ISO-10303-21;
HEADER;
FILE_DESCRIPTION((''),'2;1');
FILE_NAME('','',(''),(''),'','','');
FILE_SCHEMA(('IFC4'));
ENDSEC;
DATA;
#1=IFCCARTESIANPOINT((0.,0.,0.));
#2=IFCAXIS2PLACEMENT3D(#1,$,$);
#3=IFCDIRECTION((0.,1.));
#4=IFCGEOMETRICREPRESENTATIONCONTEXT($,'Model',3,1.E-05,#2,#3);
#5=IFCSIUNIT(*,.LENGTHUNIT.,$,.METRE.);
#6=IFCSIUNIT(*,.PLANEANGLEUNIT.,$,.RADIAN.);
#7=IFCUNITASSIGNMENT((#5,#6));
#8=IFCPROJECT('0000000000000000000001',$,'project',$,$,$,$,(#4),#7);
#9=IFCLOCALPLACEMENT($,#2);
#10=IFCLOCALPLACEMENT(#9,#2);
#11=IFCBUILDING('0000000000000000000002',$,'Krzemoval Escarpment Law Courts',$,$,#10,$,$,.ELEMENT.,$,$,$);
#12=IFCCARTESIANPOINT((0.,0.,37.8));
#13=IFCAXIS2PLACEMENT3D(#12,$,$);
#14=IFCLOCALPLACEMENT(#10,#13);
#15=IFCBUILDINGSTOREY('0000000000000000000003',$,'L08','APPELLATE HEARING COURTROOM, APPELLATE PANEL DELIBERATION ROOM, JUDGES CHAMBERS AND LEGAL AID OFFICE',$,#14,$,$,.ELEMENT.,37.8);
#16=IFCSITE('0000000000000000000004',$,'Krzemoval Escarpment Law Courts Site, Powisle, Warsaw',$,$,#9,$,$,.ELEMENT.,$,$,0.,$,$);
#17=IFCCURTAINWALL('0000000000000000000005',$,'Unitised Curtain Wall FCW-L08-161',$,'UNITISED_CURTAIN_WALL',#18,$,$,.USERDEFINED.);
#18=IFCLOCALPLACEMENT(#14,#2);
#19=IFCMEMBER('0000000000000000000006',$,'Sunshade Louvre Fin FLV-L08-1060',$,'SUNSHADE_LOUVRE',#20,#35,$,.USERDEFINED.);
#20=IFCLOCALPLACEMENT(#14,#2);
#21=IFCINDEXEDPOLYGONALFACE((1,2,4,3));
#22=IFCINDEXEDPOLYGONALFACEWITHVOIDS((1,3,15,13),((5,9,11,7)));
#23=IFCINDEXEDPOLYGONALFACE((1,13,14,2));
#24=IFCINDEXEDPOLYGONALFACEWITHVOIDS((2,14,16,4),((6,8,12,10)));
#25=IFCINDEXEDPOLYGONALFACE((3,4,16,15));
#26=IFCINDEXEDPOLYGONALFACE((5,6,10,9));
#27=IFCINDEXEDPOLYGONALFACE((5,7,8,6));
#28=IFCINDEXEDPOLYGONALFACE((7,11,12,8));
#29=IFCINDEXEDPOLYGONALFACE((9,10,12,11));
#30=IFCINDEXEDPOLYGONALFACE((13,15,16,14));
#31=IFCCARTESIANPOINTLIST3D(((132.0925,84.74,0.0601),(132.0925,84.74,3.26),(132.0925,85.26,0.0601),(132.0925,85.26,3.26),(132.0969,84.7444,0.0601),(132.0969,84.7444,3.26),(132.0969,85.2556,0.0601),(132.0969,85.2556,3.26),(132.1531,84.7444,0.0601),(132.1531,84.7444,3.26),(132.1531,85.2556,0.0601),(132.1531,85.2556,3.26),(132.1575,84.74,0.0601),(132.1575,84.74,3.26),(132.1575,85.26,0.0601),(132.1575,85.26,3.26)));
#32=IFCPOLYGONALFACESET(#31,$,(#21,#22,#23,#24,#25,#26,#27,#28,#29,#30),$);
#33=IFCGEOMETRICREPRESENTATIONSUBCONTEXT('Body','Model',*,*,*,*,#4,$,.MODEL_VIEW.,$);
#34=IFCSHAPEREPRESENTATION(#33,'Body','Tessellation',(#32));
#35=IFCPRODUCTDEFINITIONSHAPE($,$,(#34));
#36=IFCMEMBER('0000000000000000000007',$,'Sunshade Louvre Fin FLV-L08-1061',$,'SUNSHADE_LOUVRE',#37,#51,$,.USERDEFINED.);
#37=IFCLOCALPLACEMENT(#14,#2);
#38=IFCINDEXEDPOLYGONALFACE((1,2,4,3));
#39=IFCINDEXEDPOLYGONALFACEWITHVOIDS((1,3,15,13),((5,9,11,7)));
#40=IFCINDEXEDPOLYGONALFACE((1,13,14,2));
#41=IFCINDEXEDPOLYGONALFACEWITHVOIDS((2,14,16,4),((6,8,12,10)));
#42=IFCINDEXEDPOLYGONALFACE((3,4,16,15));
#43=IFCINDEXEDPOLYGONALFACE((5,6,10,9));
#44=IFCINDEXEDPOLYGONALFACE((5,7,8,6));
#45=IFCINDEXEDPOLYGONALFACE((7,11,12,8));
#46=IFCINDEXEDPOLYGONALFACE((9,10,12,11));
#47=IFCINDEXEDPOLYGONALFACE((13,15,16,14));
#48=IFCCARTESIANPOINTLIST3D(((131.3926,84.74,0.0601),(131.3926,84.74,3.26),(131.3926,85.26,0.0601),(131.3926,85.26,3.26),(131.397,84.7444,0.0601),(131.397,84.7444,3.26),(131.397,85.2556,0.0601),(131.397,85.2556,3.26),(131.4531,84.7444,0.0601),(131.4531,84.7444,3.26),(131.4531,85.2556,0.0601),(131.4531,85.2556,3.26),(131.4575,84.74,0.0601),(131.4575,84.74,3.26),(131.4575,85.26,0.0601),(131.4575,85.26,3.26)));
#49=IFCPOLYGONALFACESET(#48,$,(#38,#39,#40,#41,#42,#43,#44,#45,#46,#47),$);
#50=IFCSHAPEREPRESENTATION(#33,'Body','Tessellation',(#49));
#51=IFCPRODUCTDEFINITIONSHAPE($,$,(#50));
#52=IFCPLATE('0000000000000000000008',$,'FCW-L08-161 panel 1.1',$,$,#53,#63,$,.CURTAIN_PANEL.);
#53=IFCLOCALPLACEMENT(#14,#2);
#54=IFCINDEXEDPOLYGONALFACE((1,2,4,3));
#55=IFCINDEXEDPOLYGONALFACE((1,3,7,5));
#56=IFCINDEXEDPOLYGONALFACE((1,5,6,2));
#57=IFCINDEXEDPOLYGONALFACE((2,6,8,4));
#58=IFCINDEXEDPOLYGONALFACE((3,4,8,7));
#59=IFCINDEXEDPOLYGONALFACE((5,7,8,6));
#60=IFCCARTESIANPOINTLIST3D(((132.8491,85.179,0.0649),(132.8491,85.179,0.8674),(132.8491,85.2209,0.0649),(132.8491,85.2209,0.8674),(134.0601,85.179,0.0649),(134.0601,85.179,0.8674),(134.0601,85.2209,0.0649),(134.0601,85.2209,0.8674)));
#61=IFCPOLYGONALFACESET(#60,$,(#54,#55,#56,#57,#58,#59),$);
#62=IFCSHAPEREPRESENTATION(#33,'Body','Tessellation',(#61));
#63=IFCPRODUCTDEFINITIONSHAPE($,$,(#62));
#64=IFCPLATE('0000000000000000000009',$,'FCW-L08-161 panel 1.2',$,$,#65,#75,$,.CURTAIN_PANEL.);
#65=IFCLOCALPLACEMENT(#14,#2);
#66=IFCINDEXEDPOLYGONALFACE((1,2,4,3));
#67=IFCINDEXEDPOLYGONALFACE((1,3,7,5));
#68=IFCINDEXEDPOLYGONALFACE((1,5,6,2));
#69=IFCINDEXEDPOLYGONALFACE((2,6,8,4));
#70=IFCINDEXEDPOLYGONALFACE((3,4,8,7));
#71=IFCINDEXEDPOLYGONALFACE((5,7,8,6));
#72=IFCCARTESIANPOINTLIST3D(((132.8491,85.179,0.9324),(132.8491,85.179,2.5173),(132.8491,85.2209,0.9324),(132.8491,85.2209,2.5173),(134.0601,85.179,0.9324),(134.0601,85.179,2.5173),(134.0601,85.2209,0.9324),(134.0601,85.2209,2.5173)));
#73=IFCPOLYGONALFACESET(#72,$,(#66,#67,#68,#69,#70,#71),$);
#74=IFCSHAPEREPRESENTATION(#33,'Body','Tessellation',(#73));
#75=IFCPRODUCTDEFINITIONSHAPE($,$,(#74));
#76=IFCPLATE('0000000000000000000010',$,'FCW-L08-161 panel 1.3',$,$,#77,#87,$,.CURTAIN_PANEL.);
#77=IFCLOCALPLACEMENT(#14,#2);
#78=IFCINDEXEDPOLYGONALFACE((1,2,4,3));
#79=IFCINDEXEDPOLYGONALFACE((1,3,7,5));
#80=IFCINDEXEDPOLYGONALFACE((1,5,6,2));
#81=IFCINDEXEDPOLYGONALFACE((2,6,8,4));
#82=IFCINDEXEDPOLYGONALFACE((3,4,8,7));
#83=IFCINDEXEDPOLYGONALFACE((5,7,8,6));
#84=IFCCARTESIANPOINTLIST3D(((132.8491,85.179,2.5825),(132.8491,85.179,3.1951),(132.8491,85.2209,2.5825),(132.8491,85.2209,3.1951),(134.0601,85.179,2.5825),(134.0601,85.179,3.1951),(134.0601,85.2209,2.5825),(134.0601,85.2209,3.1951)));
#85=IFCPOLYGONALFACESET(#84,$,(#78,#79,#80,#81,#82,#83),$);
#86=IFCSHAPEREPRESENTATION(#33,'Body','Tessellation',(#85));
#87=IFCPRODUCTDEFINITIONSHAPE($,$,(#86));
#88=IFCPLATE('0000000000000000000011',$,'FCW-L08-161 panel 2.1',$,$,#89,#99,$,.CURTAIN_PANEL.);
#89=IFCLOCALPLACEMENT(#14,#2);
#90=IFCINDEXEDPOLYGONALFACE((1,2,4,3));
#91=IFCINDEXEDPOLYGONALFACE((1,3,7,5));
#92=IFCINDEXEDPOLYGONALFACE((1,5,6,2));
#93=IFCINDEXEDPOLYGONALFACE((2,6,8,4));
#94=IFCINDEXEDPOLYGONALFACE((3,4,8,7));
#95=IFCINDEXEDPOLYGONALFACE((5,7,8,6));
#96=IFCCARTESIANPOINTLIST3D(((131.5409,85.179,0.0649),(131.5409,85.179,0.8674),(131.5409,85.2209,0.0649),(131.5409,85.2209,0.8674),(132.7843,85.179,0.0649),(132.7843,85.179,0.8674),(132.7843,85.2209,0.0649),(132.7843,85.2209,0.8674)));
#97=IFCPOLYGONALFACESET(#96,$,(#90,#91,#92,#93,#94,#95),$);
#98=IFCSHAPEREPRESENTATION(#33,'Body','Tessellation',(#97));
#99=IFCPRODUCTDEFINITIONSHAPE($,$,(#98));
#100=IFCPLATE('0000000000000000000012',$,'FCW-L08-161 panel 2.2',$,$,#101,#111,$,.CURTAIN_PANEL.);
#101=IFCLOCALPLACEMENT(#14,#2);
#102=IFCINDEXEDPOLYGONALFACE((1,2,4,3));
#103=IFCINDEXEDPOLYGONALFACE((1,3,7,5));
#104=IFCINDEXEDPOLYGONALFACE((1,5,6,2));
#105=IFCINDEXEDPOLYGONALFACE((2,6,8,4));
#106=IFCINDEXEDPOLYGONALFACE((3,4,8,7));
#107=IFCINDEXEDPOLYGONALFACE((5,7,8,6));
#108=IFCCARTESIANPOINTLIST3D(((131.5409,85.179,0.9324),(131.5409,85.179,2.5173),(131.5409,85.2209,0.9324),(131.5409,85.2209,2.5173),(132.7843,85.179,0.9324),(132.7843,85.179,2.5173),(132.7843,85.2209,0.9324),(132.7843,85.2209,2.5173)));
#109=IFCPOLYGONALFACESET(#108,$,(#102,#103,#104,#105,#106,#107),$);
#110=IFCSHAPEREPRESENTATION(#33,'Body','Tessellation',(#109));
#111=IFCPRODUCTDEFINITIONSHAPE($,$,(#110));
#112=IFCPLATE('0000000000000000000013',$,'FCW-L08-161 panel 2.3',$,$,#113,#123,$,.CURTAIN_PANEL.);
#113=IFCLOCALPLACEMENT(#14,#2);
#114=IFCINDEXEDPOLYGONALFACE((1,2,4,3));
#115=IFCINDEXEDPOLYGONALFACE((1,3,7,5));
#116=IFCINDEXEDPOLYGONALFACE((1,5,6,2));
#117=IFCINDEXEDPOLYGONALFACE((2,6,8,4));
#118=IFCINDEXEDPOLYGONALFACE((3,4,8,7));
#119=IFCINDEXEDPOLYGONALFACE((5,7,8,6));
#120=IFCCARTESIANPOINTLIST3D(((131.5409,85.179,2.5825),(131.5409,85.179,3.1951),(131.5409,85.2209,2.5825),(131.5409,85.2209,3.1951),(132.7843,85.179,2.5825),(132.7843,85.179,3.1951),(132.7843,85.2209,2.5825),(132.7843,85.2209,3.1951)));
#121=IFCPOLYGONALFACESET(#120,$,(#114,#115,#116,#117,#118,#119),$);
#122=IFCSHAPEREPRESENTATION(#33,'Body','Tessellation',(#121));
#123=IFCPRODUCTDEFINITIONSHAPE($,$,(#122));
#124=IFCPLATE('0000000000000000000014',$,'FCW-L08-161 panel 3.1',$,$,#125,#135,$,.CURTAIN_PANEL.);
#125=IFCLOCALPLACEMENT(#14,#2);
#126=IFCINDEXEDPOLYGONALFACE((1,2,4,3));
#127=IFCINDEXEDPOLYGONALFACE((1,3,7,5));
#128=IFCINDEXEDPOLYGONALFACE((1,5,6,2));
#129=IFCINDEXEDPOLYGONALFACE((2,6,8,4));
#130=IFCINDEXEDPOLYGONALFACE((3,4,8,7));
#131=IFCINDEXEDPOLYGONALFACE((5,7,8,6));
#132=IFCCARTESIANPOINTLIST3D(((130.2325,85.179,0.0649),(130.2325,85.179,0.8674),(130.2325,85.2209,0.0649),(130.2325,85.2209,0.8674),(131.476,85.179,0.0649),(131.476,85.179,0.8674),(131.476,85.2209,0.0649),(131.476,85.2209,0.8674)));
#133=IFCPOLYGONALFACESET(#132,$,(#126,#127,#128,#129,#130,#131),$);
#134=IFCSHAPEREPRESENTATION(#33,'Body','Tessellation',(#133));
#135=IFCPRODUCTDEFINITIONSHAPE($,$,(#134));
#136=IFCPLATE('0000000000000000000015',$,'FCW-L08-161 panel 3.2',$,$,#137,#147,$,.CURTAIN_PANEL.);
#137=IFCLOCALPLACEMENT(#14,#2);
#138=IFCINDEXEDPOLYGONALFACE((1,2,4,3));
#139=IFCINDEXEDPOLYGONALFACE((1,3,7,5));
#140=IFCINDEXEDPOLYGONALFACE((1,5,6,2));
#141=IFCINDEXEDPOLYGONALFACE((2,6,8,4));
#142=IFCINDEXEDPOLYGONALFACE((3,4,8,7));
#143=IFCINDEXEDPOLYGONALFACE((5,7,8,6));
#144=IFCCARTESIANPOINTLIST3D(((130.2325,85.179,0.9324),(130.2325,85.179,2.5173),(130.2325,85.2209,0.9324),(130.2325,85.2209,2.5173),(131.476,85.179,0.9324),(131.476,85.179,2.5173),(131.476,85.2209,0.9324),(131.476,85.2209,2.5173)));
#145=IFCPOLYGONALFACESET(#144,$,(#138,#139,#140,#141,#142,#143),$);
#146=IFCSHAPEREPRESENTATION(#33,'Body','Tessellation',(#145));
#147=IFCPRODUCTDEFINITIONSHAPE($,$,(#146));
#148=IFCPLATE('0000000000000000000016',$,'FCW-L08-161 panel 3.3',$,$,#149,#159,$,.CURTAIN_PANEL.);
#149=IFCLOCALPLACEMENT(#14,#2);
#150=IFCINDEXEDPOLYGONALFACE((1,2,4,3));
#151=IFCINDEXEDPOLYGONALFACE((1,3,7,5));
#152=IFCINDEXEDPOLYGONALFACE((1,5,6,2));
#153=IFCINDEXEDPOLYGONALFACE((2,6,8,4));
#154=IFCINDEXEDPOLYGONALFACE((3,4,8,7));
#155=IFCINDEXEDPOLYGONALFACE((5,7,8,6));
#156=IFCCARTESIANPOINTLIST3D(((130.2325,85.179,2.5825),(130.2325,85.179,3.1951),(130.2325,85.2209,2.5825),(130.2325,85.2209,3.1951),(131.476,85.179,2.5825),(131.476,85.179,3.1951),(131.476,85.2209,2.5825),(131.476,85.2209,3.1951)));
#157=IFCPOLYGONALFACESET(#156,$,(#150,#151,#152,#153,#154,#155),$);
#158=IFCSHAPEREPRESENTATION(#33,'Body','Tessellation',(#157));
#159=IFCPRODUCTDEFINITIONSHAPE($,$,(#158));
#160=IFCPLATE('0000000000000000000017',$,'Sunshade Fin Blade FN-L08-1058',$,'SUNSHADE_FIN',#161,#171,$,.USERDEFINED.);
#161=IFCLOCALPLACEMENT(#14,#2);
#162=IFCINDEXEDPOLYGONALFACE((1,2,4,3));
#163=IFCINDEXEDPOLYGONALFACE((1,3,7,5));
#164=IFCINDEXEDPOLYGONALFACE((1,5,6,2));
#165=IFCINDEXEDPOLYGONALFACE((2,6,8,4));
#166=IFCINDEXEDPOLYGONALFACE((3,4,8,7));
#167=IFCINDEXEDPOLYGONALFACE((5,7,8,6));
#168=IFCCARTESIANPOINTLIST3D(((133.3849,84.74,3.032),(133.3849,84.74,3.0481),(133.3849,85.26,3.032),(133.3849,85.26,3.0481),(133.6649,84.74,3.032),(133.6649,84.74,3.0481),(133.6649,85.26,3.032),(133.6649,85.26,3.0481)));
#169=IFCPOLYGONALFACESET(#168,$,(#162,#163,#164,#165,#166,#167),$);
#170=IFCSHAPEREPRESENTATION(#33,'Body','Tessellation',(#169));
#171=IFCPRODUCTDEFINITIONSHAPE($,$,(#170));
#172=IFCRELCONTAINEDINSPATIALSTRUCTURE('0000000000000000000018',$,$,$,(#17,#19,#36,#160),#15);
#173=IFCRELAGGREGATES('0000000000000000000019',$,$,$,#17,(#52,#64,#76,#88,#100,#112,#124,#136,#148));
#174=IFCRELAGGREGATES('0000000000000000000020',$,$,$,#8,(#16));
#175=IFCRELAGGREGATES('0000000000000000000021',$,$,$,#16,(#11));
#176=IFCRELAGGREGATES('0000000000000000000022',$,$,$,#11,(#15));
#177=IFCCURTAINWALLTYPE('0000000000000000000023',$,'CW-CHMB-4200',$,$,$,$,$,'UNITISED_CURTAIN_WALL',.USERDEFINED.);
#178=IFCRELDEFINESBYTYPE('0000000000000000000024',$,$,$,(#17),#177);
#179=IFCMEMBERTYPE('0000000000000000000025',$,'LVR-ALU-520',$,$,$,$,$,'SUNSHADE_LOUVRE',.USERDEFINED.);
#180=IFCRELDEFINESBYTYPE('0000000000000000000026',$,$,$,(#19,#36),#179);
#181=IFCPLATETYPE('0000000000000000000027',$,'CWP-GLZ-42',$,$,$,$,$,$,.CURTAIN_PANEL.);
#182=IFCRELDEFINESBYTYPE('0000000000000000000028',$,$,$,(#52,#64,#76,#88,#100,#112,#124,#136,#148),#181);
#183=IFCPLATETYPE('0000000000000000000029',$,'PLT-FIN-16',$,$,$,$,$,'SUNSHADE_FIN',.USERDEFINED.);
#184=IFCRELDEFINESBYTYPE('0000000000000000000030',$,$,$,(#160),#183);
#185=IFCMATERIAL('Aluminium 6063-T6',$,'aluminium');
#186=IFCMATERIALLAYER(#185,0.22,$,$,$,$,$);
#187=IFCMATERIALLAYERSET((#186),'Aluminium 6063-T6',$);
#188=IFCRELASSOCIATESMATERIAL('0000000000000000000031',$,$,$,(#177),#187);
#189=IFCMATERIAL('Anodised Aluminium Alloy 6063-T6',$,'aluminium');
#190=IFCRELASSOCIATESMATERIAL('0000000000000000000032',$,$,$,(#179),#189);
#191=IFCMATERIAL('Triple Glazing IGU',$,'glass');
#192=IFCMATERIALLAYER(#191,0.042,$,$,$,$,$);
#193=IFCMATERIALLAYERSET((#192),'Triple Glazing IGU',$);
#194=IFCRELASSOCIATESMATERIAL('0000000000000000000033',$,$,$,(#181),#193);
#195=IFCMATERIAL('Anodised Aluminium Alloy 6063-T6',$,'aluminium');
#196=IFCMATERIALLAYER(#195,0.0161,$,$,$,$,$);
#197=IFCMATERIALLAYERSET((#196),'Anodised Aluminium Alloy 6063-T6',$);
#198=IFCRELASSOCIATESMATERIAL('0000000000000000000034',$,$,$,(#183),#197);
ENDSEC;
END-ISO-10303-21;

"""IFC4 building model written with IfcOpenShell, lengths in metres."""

from ifc_helpers import new_model, si_unit, direction, frame, origin, origin_2d, place, context, subcontext, project, spatial, rectangle, hollow_rectangle, extrude, material, layer, layer_set, material_profile, profile_set, type_object, element, aggregate, save


model = new_model("IFC4")

# Units and contexts
model_context = context("Model", 3, precision=1e-05, world=origin(), true_north=direction((0.0, 1.0)))
body_context = subcontext(model_context, "Body", "Model", "MODEL_VIEW")
ifc_project = project(units=[si_unit("LENGTHUNIT", "METRE"), si_unit("PLANEANGLEUNIT", "RADIAN")], contexts=[model_context])

# Site, building, storey
site_placement = place(None, origin())
site = spatial("IfcSite", under=ifc_project, at=site_placement, Name="Krzemoval Escarpment Law Courts Site, Powisle, Warsaw", CompositionType="ELEMENT", RefElevation=0.0)
building_placement = place(site_placement, origin())
building = spatial("IfcBuilding", under=site, at=building_placement, Name="Krzemoval Escarpment Law Courts", CompositionType="ELEMENT")
storey_placement = place(building_placement, frame((0.0, 0.0, 37.8)))
storey = spatial("IfcBuildingStorey", under=building, at=storey_placement, Name="L08", Description="APPELLATE HEARING COURTROOM, APPELLATE PANEL DELIBERATION ROOM, JUDGES CHAMBERS AND LEGAL AID OFFICE", CompositionType="ELEMENT", Elevation=37.8)

# Curtain wall
ifc_material_1 = material(Name="Aluminium 6063-T6", Category="aluminium")
ifc_layer_1 = layer(ifc_material_1, 0.22)
ifc_layer_set_1 = layer_set([ifc_layer_1], Name="Aluminium 6063-T6")
curtain_wall_type = type_object("IfcCurtainWallType", Name="CW-CHMB-4200", ElementType="UNITISED_CURTAIN_WALL", PredefinedType="USERDEFINED", material=ifc_layer_set_1)
curtain_wall_placement = place(storey_placement, origin())
curtain_wall = element("IfcCurtainWall", 1, at=curtain_wall_placement, inside=storey, type_object=curtain_wall_type, Name="Unitised Curtain Wall FCW-L08-161", ObjectType="UNITISED_CURTAIN_WALL", PredefinedType="USERDEFINED")

# Members
ifc_material_2 = material(Name="Anodised Aluminium Alloy 6063-T6", Category="aluminium")
ifc_material_profile_1 = material_profile(ifc_material_2, hollow_rectangle(XDim=0.0649, YDim=0.52, WallThickness=0.0044, at=origin_2d()), Name="ALU LVR 65x520")
ifc_profile_set_1 = profile_set([ifc_material_profile_1], Name="Anodised Aluminium Alloy 6063-T6")
member_type_1 = type_object("IfcMemberType", Name="LVR-ALU-520", ElementType="SUNSHADE_LOUVRE", PredefinedType="USERDEFINED", material=ifc_profile_set_1)
for number, where, z_axis, x_axis, name in (
    (2, (132.125, 85.0, 0.0601), (0.0, 0.0, 1.0), (1.0, 0.0, 0.0), "Sunshade Louvre Fin FLV-L08-1060"),
    (3, (131.425, 85.0, 0.0601), (0.0, 0.0, 1.0), (1.0, 0.0, 0.0), "Sunshade Louvre Fin FLV-L08-1061"),
):
    element("IfcMember", number, at=place(storey_placement, frame(where, z_axis=z_axis, x_axis=x_axis)), inside=storey, type_object=member_type_1, Name=name, ObjectType="SUNSHADE_LOUVRE", PredefinedType="USERDEFINED", context=body_context, shape_type="SweptSolid", body=[
        extrude(hollow_rectangle(XDim=0.0649, YDim=0.52, WallThickness=0.0044, at=origin_2d()), origin(), (0.0, 0.0, 1.0), 3.2),
    ])

# Plates
ifc_material_3 = material(Name="Triple Glazing IGU", Category="glass")
ifc_layer_2 = layer(ifc_material_3, 0.042)
ifc_layer_set_2 = layer_set([ifc_layer_2], Name="Triple Glazing IGU")
plate_type_1 = type_object("IfcPlateType", Name="CWP-GLZ-42", PredefinedType="CURTAIN_PANEL", material=ifc_layer_set_2)
plate_1_placement = place(storey_placement, frame((133.4546, 85.2, 0.0649), z_axis=(0.0, 0.0, 1.0), x_axis=(-1.0, 0.0, 0.0)))
plate_1 = element("IfcPlate", 4, at=plate_1_placement, type_object=plate_type_1, Name="FCW-L08-161 panel 1.1", PredefinedType="CURTAIN_PANEL", context=body_context, shape_type="SweptSolid", body=[
    extrude(rectangle(XDim=1.2109, YDim=0.042, at=origin_2d()), origin(), (0.0, 0.0, 1.0), 0.8025),
])
plate_2_placement = place(storey_placement, frame((133.4546, 85.2, 0.9324), z_axis=(0.0, 0.0, 1.0), x_axis=(-1.0, 0.0, 0.0)))
plate_2 = element("IfcPlate", 5, at=plate_2_placement, type_object=plate_type_1, Name="FCW-L08-161 panel 1.2", PredefinedType="CURTAIN_PANEL", context=body_context, shape_type="SweptSolid", body=[
    extrude(rectangle(XDim=1.2109, YDim=0.042, at=origin_2d()), origin(), (0.0, 0.0, 1.0), 1.585),
])
plate_3_placement = place(storey_placement, frame((133.4546, 85.2, 2.5825), z_axis=(0.0, 0.0, 1.0), x_axis=(-1.0, 0.0, 0.0)))
plate_3 = element("IfcPlate", 6, at=plate_3_placement, type_object=plate_type_1, Name="FCW-L08-161 panel 1.3", PredefinedType="CURTAIN_PANEL", context=body_context, shape_type="SweptSolid", body=[
    extrude(rectangle(XDim=1.2109, YDim=0.042, at=origin_2d()), origin(), (0.0, 0.0, 1.0), 0.6125),
])
plate_4_placement = place(storey_placement, frame((132.1626, 85.2, 0.0649), z_axis=(0.0, 0.0, 1.0), x_axis=(-1.0, 0.0, 0.0)))
plate_4 = element("IfcPlate", 7, at=plate_4_placement, type_object=plate_type_1, Name="FCW-L08-161 panel 2.1", PredefinedType="CURTAIN_PANEL", context=body_context, shape_type="SweptSolid", body=[
    extrude(rectangle(XDim=1.2434, YDim=0.042, at=origin_2d()), origin(), (0.0, 0.0, 1.0), 0.8025),
])
plate_5_placement = place(storey_placement, frame((132.1626, 85.2, 0.9324), z_axis=(0.0, 0.0, 1.0), x_axis=(-1.0, 0.0, 0.0)))
plate_5 = element("IfcPlate", 8, at=plate_5_placement, type_object=plate_type_1, Name="FCW-L08-161 panel 2.2", PredefinedType="CURTAIN_PANEL", context=body_context, shape_type="SweptSolid", body=[
    extrude(rectangle(XDim=1.2434, YDim=0.042, at=origin_2d()), origin(), (0.0, 0.0, 1.0), 1.585),
])
plate_6_placement = place(storey_placement, frame((132.1626, 85.2, 2.5825), z_axis=(0.0, 0.0, 1.0), x_axis=(-1.0, 0.0, 0.0)))
plate_6 = element("IfcPlate", 9, at=plate_6_placement, type_object=plate_type_1, Name="FCW-L08-161 panel 2.3", PredefinedType="CURTAIN_PANEL", context=body_context, shape_type="SweptSolid", body=[
    extrude(rectangle(XDim=1.2434, YDim=0.042, at=origin_2d()), origin(), (0.0, 0.0, 1.0), 0.6125),
])
plate_7_placement = place(storey_placement, frame((130.8542, 85.2, 0.0649), z_axis=(0.0, 0.0, 1.0), x_axis=(-1.0, 0.0, 0.0)))
plate_7 = element("IfcPlate", 10, at=plate_7_placement, type_object=plate_type_1, Name="FCW-L08-161 panel 3.1", PredefinedType="CURTAIN_PANEL", context=body_context, shape_type="SweptSolid", body=[
    extrude(rectangle(XDim=1.2434, YDim=0.042, at=origin_2d()), origin(), (0.0, 0.0, 1.0), 0.8025),
])
plate_8_placement = place(storey_placement, frame((130.8542, 85.2, 0.9324), z_axis=(0.0, 0.0, 1.0), x_axis=(-1.0, 0.0, 0.0)))
plate_8 = element("IfcPlate", 11, at=plate_8_placement, type_object=plate_type_1, Name="FCW-L08-161 panel 3.2", PredefinedType="CURTAIN_PANEL", context=body_context, shape_type="SweptSolid", body=[
    extrude(rectangle(XDim=1.2434, YDim=0.042, at=origin_2d()), origin(), (0.0, 0.0, 1.0), 1.585),
])
plate_9_placement = place(storey_placement, frame((130.8542, 85.2, 2.5825), z_axis=(0.0, 0.0, 1.0), x_axis=(-1.0, 0.0, 0.0)))
plate_9 = element("IfcPlate", 12, at=plate_9_placement, type_object=plate_type_1, Name="FCW-L08-161 panel 3.3", PredefinedType="CURTAIN_PANEL", context=body_context, shape_type="SweptSolid", body=[
    extrude(rectangle(XDim=1.2434, YDim=0.042, at=origin_2d()), origin(), (0.0, 0.0, 1.0), 0.6125),
])
aggregate(curtain_wall, [plate_1, plate_2, plate_3, plate_4, plate_5, plate_6, plate_7, plate_8, plate_9])
ifc_material_4 = material(Name="Anodised Aluminium Alloy 6063-T6", Category="aluminium")
ifc_layer_3 = layer(ifc_material_4, 0.0161)
ifc_layer_set_3 = layer_set([ifc_layer_3], Name="Anodised Aluminium Alloy 6063-T6")
plate_type_2 = type_object("IfcPlateType", Name="PLT-FIN-16", ElementType="SUNSHADE_FIN", PredefinedType="USERDEFINED", material=ifc_layer_set_3)
plate_10_placement = place(storey_placement, frame((133.5249, 85.0, 3.032), z_axis=(0.0, 0.0, 1.0), x_axis=(0.0, -1.0, 0.0)))
element("IfcPlate", 13, at=plate_10_placement, inside=storey, type_object=plate_type_2, Name="Sunshade Fin Blade FN-L08-1058", ObjectType="SUNSHADE_FIN", PredefinedType="USERDEFINED", context=body_context, shape_type="SweptSolid", body=[
    extrude(rectangle(XDim=0.52, YDim=0.28, at=origin_2d()), origin(), (0.0, 0.0, 1.0), 0.0161),
])

save(model, "model.ifc")
